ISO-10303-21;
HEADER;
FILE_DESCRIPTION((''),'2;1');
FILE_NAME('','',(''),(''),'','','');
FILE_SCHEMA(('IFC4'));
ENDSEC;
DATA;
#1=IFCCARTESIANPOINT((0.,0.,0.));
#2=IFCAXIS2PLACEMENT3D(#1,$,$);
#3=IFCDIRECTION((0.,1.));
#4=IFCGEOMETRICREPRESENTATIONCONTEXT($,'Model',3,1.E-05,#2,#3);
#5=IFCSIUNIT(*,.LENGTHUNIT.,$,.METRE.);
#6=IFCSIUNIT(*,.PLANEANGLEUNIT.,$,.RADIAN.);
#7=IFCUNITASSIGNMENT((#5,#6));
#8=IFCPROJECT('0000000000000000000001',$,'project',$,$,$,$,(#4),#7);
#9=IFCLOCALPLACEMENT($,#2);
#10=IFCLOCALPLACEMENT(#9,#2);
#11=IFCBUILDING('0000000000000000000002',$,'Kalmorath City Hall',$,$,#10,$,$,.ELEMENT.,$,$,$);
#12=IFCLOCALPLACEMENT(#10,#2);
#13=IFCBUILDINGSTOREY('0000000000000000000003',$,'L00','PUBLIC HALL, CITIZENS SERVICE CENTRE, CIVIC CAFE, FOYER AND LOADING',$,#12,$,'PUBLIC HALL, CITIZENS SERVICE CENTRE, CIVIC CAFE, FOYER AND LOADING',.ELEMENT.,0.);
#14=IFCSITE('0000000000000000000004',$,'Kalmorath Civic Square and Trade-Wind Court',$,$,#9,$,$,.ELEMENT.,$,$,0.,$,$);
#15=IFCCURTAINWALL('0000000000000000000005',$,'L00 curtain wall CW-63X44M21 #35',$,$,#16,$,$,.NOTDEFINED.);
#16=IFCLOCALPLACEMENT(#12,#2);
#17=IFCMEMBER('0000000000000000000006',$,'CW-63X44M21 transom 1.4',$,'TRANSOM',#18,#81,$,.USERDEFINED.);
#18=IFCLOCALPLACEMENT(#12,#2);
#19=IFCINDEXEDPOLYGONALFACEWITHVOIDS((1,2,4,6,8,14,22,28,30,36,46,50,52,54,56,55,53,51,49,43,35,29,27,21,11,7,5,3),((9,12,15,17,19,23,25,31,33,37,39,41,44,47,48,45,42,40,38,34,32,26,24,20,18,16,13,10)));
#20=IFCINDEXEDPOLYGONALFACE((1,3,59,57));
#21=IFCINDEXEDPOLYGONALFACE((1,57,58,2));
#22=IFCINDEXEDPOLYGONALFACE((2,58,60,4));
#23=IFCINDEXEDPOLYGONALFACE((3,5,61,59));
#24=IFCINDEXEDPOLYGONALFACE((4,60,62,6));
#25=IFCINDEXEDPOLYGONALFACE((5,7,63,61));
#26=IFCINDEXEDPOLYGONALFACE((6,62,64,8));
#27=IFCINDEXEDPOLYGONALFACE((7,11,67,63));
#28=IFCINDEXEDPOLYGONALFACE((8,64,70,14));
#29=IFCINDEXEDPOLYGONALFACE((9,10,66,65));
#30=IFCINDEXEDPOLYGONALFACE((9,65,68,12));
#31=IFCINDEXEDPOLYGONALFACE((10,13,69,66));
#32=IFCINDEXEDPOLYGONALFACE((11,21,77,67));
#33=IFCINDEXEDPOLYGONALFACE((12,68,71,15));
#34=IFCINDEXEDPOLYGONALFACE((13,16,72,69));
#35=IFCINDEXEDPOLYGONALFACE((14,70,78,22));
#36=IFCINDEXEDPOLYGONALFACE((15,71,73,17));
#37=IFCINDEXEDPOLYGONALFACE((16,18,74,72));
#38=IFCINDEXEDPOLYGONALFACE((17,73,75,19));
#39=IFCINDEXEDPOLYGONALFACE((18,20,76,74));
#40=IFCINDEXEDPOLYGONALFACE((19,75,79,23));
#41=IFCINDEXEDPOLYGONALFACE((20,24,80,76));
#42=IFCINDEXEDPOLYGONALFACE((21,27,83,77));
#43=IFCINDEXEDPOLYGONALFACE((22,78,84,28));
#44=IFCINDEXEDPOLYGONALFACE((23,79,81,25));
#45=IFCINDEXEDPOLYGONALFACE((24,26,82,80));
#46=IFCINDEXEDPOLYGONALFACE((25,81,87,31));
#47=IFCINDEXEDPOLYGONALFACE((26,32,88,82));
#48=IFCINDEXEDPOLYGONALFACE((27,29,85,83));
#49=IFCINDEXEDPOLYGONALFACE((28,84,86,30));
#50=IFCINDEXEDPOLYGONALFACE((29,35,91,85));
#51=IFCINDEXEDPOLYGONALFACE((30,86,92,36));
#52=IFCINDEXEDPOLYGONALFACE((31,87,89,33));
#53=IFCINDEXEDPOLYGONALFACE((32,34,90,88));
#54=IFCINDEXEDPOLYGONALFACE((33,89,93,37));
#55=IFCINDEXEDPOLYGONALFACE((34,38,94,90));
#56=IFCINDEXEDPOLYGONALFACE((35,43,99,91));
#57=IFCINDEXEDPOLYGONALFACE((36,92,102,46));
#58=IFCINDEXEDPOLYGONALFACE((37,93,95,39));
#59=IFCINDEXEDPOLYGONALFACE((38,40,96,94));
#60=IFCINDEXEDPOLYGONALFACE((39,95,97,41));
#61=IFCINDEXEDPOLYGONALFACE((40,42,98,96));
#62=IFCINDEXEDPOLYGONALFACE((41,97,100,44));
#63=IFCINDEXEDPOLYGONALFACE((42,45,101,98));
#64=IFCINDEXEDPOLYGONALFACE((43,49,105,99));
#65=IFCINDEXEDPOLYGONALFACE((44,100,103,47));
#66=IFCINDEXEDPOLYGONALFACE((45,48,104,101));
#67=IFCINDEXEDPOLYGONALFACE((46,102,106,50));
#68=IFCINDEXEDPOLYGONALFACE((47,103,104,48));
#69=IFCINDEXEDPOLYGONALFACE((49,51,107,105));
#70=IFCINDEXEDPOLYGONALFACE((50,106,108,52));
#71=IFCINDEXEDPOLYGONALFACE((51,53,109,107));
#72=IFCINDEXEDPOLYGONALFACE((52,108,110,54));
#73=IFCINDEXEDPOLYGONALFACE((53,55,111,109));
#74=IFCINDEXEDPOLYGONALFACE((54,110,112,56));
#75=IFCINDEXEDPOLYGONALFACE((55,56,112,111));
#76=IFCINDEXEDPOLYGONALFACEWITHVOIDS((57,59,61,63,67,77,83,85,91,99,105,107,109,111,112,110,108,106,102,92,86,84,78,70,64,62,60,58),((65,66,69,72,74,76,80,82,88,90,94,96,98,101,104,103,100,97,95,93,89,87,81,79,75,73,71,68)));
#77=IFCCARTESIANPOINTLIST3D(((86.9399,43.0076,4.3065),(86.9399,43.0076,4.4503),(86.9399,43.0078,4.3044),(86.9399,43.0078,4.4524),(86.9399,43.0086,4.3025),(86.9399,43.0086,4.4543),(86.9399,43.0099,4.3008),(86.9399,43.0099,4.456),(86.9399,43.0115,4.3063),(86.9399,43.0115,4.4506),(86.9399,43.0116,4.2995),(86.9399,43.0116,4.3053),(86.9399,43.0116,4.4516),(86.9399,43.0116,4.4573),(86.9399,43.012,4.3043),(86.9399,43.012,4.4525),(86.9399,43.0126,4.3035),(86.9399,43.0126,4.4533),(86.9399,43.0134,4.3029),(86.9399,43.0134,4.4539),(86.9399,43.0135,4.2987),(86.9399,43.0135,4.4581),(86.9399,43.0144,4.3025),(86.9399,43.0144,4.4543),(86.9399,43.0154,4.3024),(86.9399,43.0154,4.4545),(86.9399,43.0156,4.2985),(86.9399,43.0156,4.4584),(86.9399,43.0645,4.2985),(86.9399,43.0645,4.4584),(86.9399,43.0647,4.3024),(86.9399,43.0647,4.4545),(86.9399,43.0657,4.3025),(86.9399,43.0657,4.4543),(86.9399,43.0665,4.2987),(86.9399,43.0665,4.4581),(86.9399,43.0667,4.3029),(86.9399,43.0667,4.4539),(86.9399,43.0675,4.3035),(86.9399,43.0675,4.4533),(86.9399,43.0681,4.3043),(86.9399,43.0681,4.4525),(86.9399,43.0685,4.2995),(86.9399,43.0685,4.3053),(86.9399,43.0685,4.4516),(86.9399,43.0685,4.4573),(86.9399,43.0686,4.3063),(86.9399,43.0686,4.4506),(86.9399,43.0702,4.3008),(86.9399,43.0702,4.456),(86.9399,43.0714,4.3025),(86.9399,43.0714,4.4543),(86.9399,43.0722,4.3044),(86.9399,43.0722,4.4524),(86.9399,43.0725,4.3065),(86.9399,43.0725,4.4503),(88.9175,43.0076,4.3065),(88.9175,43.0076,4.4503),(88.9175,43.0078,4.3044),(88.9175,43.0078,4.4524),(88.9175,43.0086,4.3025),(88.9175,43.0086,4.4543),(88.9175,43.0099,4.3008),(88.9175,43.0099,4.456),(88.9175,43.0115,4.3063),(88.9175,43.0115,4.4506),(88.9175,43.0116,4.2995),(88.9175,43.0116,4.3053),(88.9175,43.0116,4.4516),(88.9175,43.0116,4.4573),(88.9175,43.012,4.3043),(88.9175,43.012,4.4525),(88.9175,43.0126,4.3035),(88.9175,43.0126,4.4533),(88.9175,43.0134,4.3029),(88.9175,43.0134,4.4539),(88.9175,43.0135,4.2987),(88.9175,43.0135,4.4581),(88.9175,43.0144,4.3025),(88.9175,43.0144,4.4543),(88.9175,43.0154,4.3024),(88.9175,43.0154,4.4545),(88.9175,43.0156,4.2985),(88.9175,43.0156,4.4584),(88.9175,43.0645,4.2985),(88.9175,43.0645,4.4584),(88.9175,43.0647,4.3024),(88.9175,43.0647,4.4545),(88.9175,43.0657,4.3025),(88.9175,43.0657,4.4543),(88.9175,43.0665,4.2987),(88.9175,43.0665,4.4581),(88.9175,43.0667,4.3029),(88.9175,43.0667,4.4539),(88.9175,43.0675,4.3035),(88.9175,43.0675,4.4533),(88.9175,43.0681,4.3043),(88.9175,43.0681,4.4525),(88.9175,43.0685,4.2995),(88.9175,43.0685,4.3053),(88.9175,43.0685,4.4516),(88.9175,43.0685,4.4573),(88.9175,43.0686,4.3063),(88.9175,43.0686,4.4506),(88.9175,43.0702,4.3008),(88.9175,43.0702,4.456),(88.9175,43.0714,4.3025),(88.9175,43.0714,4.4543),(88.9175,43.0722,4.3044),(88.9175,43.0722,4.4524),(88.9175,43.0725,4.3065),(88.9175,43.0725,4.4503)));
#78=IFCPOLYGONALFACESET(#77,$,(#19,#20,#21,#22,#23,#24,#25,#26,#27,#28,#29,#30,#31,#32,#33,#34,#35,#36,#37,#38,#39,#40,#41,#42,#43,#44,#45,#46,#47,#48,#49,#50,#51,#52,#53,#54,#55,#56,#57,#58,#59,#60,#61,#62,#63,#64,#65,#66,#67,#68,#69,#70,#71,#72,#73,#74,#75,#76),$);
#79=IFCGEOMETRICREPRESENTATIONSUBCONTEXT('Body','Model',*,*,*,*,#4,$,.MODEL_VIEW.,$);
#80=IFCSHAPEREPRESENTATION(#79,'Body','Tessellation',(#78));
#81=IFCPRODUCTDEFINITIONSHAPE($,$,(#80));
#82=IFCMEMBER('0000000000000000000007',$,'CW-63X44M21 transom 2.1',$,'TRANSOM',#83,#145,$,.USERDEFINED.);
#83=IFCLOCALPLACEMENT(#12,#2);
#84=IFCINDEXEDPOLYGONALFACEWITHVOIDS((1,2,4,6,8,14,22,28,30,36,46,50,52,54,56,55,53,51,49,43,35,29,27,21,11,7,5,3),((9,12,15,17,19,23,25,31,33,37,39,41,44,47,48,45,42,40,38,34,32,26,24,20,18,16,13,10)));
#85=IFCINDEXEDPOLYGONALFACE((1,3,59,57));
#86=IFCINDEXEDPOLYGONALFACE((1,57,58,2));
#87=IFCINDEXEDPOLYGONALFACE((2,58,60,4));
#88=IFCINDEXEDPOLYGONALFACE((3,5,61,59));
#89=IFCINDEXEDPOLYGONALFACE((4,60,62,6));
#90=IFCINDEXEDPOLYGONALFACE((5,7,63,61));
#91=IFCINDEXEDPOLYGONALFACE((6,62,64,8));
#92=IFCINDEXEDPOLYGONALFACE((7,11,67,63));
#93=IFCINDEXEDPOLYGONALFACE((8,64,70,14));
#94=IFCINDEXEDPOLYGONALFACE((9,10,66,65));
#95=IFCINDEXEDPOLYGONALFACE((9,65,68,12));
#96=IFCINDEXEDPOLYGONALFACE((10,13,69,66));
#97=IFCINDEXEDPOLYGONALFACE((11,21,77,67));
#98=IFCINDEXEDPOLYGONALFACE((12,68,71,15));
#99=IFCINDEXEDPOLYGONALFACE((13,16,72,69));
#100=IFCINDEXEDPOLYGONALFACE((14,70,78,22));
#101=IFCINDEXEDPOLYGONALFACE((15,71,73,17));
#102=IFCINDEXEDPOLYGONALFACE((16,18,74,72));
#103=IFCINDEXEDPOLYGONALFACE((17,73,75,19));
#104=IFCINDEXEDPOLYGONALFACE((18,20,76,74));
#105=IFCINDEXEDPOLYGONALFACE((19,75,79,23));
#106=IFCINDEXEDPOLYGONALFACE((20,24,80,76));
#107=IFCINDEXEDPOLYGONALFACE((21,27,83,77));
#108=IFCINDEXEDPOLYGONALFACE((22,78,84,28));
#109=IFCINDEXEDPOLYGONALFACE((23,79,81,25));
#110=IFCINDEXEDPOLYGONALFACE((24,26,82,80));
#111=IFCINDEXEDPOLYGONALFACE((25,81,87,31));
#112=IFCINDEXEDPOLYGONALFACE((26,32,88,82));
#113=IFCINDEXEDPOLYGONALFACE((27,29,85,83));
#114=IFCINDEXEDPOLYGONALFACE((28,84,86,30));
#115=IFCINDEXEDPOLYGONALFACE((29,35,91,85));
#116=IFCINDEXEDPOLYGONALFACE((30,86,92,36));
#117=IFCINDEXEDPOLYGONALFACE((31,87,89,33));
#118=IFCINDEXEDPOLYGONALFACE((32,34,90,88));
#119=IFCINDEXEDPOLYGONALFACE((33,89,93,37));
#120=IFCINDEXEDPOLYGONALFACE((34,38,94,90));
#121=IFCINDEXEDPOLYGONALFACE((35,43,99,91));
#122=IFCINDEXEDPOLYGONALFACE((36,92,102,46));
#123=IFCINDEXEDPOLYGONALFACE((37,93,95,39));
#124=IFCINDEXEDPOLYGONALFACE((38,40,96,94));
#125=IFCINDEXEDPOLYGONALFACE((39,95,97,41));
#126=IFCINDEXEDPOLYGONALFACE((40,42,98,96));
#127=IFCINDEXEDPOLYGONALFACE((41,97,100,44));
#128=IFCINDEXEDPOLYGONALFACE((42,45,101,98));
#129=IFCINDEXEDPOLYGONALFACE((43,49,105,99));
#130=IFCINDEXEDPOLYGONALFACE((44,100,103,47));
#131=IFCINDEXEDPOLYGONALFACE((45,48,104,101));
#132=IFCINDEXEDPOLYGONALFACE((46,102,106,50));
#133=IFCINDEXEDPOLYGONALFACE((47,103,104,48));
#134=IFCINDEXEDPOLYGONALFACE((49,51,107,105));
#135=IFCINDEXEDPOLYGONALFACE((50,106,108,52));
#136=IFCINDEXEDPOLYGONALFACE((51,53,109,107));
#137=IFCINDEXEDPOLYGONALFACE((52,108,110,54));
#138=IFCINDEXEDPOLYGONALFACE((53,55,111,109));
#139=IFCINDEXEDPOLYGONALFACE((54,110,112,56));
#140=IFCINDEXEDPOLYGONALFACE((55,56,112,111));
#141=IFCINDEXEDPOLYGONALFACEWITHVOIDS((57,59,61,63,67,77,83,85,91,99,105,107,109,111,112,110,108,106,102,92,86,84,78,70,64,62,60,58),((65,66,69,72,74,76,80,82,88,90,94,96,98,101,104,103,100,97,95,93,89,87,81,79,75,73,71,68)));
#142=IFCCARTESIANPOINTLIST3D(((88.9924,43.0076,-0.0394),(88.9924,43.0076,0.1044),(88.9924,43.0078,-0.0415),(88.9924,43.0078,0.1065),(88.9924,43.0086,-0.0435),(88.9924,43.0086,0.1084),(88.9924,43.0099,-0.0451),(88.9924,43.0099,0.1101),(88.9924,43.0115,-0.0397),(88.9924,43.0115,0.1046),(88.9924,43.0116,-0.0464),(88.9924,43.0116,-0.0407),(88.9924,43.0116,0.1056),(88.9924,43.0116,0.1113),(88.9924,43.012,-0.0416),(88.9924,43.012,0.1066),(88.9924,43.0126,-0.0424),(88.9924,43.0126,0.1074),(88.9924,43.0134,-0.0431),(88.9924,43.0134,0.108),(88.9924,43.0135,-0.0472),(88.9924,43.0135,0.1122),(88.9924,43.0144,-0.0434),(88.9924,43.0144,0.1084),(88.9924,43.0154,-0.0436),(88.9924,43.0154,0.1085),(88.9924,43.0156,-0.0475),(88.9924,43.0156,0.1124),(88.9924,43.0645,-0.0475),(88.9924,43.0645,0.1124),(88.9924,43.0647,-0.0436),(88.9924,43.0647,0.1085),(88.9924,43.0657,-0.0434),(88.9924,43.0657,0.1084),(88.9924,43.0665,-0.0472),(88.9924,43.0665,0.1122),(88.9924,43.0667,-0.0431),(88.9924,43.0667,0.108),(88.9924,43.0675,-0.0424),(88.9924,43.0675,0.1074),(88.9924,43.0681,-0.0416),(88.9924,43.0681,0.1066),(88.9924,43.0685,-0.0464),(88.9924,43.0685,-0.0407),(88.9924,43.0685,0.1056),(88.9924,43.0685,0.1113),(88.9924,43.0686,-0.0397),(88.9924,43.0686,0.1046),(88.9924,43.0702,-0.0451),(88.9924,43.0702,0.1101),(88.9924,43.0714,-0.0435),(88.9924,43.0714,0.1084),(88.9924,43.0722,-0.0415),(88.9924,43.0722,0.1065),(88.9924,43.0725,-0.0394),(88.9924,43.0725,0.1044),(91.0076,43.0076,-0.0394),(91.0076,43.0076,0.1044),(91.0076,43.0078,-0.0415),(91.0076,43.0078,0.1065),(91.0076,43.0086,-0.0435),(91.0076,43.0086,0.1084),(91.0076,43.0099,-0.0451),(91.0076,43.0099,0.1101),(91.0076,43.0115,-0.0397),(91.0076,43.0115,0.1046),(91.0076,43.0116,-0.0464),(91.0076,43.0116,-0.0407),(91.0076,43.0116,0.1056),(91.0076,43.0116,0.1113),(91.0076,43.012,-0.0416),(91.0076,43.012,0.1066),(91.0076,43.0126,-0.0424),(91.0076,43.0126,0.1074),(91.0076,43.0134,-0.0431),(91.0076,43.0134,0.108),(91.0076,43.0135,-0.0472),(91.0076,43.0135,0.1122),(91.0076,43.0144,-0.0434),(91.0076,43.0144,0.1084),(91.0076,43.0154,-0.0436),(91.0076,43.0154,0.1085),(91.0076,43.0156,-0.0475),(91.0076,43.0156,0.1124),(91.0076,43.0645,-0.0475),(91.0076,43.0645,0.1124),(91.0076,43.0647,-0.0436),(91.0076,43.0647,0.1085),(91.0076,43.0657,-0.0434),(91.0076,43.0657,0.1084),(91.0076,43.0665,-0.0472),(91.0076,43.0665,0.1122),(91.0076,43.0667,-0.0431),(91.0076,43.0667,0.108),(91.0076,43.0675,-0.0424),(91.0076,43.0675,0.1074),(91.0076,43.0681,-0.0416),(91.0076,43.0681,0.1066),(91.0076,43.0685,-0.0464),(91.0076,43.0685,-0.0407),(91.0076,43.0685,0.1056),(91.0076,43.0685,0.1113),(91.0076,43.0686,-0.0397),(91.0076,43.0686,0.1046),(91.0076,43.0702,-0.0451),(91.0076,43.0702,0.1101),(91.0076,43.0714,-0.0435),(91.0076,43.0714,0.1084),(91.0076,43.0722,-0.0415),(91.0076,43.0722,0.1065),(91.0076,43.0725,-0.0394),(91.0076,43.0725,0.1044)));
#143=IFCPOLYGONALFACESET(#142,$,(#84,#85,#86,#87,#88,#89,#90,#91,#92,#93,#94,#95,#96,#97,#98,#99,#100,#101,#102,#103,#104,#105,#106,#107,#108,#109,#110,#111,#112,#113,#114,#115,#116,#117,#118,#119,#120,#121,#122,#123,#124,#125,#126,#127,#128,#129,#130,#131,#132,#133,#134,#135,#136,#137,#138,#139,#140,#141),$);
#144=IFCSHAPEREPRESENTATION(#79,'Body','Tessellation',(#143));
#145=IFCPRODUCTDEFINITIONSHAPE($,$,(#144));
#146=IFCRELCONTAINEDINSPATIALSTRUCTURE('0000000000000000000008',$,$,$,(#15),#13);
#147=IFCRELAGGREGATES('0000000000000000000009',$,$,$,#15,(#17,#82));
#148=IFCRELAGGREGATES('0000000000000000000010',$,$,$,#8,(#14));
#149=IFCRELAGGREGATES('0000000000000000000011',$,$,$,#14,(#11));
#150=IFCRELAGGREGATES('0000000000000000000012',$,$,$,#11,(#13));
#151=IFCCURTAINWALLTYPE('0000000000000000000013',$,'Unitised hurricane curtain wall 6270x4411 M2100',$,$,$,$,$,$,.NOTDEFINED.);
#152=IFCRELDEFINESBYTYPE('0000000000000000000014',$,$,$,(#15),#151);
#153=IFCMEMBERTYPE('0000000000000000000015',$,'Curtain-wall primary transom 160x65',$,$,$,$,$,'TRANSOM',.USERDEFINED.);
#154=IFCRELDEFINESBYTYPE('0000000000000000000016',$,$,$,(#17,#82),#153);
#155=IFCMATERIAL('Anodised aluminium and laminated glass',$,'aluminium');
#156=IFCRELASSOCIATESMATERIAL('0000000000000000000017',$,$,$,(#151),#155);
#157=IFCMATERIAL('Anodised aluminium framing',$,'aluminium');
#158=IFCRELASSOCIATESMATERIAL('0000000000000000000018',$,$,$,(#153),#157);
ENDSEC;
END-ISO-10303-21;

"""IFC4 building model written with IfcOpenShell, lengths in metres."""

from ifc_helpers import new_model, si_unit, direction, frame, origin, origin_2d, place, context, subcontext, project, spatial, hollow_rectangle, extrude, material, material_profile, profile_set, type_object, element, aggregate, save


model = new_model("IFC4")

# Units and contexts
model_context = context("Model", 3, precision=1e-05, world=origin(), true_north=direction((0.0, 1.0)))
body_context = subcontext(model_context, "Body", "Model", "MODEL_VIEW")
ifc_project = project(units=[si_unit("LENGTHUNIT", "METRE"), si_unit("PLANEANGLEUNIT", "RADIAN")], contexts=[model_context])

# Site, building, storey
site_placement = place(None, origin())
site = spatial("IfcSite", under=ifc_project, at=site_placement, Name="Kalmorath Civic Square and Trade-Wind Court", CompositionType="ELEMENT", RefElevation=0.0)
building_placement = place(site_placement, origin())
building = spatial("IfcBuilding", under=site, at=building_placement, Name="Kalmorath City Hall", CompositionType="ELEMENT")
storey_placement = place(building_placement, origin())
storey = spatial("IfcBuildingStorey", under=building, at=storey_placement, Name="L00", Description="PUBLIC HALL, CITIZENS SERVICE CENTRE, CIVIC CAFE, FOYER AND LOADING", LongName="PUBLIC HALL, CITIZENS SERVICE CENTRE, CIVIC CAFE, FOYER AND LOADING", CompositionType="ELEMENT", Elevation=0.0)

# Curtain wall
ifc_material_1 = material(Name="Anodised aluminium and laminated glass", Category="aluminium")
curtain_wall_type_1 = type_object("IfcCurtainWallType", Name="Unitised hurricane curtain wall 6270x4411 M2100", PredefinedType="NOTDEFINED", material=ifc_material_1)
curtain_wall_1_placement = place(storey_placement, origin())
curtain_wall_1 = element("IfcCurtainWall", 1, at=curtain_wall_1_placement, inside=storey, type_object=curtain_wall_type_1, Name="L00 curtain wall CW-63X44M21 #35", PredefinedType="NOTDEFINED")

# Members
ifc_material_2 = material(Name="Anodised aluminium framing", Category="aluminium")
ifc_material_profile_1 = material_profile(ifc_material_2, hollow_rectangle(XDim=0.0649, YDim=0.1599, WallThickness=0.0039, InnerFilletRadius=0.0039, OuterFilletRadius=0.0081, at=origin_2d()), Name="ALU-TRN-160X65X4")
ifc_profile_set_1 = profile_set([ifc_material_profile_1], Name="Anodised aluminium framing")
member_type_1 = type_object("IfcMemberType", Name="Curtain-wall primary transom 160x65", ElementType="TRANSOM", PredefinedType="USERDEFINED", material=ifc_profile_set_1)
member_1_placement = place(storey_placement, frame((86.9399, 43.04, 4.3784), z_axis=(1.0, 0.0, 0.0), x_axis=(0.0, 1.0, 0.0)))
member_1 = element("IfcMember", 2, at=member_1_placement, type_object=member_type_1, Name="CW-63X44M21 transom 1.4", ObjectType="TRANSOM", PredefinedType="USERDEFINED", context=body_context, shape_type="SweptSolid", body=[
    extrude(hollow_rectangle(XDim=0.0649, YDim=0.1599, WallThickness=0.0039, InnerFilletRadius=0.0039, OuterFilletRadius=0.0081, at=origin_2d()), origin(), (0.0, 0.0, 1.0), 1.9775),
])
member_2_placement = place(storey_placement, frame((88.9924, 43.04, 0.0325), z_axis=(1.0, 0.0, 0.0), x_axis=(0.0, 1.0, 0.0)))
member_2 = element("IfcMember", 3, at=member_2_placement, type_object=member_type_1, Name="CW-63X44M21 transom 2.1", ObjectType="TRANSOM", PredefinedType="USERDEFINED", context=body_context, shape_type="SweptSolid", body=[
    extrude(hollow_rectangle(XDim=0.0649, YDim=0.1599, WallThickness=0.0039, InnerFilletRadius=0.0039, OuterFilletRadius=0.0081, at=origin_2d()), origin(), (0.0, 0.0, 1.0), 2.0151),
])

aggregate(curtain_wall_1, [member_1, member_2])

save(model, "model.ifc")
